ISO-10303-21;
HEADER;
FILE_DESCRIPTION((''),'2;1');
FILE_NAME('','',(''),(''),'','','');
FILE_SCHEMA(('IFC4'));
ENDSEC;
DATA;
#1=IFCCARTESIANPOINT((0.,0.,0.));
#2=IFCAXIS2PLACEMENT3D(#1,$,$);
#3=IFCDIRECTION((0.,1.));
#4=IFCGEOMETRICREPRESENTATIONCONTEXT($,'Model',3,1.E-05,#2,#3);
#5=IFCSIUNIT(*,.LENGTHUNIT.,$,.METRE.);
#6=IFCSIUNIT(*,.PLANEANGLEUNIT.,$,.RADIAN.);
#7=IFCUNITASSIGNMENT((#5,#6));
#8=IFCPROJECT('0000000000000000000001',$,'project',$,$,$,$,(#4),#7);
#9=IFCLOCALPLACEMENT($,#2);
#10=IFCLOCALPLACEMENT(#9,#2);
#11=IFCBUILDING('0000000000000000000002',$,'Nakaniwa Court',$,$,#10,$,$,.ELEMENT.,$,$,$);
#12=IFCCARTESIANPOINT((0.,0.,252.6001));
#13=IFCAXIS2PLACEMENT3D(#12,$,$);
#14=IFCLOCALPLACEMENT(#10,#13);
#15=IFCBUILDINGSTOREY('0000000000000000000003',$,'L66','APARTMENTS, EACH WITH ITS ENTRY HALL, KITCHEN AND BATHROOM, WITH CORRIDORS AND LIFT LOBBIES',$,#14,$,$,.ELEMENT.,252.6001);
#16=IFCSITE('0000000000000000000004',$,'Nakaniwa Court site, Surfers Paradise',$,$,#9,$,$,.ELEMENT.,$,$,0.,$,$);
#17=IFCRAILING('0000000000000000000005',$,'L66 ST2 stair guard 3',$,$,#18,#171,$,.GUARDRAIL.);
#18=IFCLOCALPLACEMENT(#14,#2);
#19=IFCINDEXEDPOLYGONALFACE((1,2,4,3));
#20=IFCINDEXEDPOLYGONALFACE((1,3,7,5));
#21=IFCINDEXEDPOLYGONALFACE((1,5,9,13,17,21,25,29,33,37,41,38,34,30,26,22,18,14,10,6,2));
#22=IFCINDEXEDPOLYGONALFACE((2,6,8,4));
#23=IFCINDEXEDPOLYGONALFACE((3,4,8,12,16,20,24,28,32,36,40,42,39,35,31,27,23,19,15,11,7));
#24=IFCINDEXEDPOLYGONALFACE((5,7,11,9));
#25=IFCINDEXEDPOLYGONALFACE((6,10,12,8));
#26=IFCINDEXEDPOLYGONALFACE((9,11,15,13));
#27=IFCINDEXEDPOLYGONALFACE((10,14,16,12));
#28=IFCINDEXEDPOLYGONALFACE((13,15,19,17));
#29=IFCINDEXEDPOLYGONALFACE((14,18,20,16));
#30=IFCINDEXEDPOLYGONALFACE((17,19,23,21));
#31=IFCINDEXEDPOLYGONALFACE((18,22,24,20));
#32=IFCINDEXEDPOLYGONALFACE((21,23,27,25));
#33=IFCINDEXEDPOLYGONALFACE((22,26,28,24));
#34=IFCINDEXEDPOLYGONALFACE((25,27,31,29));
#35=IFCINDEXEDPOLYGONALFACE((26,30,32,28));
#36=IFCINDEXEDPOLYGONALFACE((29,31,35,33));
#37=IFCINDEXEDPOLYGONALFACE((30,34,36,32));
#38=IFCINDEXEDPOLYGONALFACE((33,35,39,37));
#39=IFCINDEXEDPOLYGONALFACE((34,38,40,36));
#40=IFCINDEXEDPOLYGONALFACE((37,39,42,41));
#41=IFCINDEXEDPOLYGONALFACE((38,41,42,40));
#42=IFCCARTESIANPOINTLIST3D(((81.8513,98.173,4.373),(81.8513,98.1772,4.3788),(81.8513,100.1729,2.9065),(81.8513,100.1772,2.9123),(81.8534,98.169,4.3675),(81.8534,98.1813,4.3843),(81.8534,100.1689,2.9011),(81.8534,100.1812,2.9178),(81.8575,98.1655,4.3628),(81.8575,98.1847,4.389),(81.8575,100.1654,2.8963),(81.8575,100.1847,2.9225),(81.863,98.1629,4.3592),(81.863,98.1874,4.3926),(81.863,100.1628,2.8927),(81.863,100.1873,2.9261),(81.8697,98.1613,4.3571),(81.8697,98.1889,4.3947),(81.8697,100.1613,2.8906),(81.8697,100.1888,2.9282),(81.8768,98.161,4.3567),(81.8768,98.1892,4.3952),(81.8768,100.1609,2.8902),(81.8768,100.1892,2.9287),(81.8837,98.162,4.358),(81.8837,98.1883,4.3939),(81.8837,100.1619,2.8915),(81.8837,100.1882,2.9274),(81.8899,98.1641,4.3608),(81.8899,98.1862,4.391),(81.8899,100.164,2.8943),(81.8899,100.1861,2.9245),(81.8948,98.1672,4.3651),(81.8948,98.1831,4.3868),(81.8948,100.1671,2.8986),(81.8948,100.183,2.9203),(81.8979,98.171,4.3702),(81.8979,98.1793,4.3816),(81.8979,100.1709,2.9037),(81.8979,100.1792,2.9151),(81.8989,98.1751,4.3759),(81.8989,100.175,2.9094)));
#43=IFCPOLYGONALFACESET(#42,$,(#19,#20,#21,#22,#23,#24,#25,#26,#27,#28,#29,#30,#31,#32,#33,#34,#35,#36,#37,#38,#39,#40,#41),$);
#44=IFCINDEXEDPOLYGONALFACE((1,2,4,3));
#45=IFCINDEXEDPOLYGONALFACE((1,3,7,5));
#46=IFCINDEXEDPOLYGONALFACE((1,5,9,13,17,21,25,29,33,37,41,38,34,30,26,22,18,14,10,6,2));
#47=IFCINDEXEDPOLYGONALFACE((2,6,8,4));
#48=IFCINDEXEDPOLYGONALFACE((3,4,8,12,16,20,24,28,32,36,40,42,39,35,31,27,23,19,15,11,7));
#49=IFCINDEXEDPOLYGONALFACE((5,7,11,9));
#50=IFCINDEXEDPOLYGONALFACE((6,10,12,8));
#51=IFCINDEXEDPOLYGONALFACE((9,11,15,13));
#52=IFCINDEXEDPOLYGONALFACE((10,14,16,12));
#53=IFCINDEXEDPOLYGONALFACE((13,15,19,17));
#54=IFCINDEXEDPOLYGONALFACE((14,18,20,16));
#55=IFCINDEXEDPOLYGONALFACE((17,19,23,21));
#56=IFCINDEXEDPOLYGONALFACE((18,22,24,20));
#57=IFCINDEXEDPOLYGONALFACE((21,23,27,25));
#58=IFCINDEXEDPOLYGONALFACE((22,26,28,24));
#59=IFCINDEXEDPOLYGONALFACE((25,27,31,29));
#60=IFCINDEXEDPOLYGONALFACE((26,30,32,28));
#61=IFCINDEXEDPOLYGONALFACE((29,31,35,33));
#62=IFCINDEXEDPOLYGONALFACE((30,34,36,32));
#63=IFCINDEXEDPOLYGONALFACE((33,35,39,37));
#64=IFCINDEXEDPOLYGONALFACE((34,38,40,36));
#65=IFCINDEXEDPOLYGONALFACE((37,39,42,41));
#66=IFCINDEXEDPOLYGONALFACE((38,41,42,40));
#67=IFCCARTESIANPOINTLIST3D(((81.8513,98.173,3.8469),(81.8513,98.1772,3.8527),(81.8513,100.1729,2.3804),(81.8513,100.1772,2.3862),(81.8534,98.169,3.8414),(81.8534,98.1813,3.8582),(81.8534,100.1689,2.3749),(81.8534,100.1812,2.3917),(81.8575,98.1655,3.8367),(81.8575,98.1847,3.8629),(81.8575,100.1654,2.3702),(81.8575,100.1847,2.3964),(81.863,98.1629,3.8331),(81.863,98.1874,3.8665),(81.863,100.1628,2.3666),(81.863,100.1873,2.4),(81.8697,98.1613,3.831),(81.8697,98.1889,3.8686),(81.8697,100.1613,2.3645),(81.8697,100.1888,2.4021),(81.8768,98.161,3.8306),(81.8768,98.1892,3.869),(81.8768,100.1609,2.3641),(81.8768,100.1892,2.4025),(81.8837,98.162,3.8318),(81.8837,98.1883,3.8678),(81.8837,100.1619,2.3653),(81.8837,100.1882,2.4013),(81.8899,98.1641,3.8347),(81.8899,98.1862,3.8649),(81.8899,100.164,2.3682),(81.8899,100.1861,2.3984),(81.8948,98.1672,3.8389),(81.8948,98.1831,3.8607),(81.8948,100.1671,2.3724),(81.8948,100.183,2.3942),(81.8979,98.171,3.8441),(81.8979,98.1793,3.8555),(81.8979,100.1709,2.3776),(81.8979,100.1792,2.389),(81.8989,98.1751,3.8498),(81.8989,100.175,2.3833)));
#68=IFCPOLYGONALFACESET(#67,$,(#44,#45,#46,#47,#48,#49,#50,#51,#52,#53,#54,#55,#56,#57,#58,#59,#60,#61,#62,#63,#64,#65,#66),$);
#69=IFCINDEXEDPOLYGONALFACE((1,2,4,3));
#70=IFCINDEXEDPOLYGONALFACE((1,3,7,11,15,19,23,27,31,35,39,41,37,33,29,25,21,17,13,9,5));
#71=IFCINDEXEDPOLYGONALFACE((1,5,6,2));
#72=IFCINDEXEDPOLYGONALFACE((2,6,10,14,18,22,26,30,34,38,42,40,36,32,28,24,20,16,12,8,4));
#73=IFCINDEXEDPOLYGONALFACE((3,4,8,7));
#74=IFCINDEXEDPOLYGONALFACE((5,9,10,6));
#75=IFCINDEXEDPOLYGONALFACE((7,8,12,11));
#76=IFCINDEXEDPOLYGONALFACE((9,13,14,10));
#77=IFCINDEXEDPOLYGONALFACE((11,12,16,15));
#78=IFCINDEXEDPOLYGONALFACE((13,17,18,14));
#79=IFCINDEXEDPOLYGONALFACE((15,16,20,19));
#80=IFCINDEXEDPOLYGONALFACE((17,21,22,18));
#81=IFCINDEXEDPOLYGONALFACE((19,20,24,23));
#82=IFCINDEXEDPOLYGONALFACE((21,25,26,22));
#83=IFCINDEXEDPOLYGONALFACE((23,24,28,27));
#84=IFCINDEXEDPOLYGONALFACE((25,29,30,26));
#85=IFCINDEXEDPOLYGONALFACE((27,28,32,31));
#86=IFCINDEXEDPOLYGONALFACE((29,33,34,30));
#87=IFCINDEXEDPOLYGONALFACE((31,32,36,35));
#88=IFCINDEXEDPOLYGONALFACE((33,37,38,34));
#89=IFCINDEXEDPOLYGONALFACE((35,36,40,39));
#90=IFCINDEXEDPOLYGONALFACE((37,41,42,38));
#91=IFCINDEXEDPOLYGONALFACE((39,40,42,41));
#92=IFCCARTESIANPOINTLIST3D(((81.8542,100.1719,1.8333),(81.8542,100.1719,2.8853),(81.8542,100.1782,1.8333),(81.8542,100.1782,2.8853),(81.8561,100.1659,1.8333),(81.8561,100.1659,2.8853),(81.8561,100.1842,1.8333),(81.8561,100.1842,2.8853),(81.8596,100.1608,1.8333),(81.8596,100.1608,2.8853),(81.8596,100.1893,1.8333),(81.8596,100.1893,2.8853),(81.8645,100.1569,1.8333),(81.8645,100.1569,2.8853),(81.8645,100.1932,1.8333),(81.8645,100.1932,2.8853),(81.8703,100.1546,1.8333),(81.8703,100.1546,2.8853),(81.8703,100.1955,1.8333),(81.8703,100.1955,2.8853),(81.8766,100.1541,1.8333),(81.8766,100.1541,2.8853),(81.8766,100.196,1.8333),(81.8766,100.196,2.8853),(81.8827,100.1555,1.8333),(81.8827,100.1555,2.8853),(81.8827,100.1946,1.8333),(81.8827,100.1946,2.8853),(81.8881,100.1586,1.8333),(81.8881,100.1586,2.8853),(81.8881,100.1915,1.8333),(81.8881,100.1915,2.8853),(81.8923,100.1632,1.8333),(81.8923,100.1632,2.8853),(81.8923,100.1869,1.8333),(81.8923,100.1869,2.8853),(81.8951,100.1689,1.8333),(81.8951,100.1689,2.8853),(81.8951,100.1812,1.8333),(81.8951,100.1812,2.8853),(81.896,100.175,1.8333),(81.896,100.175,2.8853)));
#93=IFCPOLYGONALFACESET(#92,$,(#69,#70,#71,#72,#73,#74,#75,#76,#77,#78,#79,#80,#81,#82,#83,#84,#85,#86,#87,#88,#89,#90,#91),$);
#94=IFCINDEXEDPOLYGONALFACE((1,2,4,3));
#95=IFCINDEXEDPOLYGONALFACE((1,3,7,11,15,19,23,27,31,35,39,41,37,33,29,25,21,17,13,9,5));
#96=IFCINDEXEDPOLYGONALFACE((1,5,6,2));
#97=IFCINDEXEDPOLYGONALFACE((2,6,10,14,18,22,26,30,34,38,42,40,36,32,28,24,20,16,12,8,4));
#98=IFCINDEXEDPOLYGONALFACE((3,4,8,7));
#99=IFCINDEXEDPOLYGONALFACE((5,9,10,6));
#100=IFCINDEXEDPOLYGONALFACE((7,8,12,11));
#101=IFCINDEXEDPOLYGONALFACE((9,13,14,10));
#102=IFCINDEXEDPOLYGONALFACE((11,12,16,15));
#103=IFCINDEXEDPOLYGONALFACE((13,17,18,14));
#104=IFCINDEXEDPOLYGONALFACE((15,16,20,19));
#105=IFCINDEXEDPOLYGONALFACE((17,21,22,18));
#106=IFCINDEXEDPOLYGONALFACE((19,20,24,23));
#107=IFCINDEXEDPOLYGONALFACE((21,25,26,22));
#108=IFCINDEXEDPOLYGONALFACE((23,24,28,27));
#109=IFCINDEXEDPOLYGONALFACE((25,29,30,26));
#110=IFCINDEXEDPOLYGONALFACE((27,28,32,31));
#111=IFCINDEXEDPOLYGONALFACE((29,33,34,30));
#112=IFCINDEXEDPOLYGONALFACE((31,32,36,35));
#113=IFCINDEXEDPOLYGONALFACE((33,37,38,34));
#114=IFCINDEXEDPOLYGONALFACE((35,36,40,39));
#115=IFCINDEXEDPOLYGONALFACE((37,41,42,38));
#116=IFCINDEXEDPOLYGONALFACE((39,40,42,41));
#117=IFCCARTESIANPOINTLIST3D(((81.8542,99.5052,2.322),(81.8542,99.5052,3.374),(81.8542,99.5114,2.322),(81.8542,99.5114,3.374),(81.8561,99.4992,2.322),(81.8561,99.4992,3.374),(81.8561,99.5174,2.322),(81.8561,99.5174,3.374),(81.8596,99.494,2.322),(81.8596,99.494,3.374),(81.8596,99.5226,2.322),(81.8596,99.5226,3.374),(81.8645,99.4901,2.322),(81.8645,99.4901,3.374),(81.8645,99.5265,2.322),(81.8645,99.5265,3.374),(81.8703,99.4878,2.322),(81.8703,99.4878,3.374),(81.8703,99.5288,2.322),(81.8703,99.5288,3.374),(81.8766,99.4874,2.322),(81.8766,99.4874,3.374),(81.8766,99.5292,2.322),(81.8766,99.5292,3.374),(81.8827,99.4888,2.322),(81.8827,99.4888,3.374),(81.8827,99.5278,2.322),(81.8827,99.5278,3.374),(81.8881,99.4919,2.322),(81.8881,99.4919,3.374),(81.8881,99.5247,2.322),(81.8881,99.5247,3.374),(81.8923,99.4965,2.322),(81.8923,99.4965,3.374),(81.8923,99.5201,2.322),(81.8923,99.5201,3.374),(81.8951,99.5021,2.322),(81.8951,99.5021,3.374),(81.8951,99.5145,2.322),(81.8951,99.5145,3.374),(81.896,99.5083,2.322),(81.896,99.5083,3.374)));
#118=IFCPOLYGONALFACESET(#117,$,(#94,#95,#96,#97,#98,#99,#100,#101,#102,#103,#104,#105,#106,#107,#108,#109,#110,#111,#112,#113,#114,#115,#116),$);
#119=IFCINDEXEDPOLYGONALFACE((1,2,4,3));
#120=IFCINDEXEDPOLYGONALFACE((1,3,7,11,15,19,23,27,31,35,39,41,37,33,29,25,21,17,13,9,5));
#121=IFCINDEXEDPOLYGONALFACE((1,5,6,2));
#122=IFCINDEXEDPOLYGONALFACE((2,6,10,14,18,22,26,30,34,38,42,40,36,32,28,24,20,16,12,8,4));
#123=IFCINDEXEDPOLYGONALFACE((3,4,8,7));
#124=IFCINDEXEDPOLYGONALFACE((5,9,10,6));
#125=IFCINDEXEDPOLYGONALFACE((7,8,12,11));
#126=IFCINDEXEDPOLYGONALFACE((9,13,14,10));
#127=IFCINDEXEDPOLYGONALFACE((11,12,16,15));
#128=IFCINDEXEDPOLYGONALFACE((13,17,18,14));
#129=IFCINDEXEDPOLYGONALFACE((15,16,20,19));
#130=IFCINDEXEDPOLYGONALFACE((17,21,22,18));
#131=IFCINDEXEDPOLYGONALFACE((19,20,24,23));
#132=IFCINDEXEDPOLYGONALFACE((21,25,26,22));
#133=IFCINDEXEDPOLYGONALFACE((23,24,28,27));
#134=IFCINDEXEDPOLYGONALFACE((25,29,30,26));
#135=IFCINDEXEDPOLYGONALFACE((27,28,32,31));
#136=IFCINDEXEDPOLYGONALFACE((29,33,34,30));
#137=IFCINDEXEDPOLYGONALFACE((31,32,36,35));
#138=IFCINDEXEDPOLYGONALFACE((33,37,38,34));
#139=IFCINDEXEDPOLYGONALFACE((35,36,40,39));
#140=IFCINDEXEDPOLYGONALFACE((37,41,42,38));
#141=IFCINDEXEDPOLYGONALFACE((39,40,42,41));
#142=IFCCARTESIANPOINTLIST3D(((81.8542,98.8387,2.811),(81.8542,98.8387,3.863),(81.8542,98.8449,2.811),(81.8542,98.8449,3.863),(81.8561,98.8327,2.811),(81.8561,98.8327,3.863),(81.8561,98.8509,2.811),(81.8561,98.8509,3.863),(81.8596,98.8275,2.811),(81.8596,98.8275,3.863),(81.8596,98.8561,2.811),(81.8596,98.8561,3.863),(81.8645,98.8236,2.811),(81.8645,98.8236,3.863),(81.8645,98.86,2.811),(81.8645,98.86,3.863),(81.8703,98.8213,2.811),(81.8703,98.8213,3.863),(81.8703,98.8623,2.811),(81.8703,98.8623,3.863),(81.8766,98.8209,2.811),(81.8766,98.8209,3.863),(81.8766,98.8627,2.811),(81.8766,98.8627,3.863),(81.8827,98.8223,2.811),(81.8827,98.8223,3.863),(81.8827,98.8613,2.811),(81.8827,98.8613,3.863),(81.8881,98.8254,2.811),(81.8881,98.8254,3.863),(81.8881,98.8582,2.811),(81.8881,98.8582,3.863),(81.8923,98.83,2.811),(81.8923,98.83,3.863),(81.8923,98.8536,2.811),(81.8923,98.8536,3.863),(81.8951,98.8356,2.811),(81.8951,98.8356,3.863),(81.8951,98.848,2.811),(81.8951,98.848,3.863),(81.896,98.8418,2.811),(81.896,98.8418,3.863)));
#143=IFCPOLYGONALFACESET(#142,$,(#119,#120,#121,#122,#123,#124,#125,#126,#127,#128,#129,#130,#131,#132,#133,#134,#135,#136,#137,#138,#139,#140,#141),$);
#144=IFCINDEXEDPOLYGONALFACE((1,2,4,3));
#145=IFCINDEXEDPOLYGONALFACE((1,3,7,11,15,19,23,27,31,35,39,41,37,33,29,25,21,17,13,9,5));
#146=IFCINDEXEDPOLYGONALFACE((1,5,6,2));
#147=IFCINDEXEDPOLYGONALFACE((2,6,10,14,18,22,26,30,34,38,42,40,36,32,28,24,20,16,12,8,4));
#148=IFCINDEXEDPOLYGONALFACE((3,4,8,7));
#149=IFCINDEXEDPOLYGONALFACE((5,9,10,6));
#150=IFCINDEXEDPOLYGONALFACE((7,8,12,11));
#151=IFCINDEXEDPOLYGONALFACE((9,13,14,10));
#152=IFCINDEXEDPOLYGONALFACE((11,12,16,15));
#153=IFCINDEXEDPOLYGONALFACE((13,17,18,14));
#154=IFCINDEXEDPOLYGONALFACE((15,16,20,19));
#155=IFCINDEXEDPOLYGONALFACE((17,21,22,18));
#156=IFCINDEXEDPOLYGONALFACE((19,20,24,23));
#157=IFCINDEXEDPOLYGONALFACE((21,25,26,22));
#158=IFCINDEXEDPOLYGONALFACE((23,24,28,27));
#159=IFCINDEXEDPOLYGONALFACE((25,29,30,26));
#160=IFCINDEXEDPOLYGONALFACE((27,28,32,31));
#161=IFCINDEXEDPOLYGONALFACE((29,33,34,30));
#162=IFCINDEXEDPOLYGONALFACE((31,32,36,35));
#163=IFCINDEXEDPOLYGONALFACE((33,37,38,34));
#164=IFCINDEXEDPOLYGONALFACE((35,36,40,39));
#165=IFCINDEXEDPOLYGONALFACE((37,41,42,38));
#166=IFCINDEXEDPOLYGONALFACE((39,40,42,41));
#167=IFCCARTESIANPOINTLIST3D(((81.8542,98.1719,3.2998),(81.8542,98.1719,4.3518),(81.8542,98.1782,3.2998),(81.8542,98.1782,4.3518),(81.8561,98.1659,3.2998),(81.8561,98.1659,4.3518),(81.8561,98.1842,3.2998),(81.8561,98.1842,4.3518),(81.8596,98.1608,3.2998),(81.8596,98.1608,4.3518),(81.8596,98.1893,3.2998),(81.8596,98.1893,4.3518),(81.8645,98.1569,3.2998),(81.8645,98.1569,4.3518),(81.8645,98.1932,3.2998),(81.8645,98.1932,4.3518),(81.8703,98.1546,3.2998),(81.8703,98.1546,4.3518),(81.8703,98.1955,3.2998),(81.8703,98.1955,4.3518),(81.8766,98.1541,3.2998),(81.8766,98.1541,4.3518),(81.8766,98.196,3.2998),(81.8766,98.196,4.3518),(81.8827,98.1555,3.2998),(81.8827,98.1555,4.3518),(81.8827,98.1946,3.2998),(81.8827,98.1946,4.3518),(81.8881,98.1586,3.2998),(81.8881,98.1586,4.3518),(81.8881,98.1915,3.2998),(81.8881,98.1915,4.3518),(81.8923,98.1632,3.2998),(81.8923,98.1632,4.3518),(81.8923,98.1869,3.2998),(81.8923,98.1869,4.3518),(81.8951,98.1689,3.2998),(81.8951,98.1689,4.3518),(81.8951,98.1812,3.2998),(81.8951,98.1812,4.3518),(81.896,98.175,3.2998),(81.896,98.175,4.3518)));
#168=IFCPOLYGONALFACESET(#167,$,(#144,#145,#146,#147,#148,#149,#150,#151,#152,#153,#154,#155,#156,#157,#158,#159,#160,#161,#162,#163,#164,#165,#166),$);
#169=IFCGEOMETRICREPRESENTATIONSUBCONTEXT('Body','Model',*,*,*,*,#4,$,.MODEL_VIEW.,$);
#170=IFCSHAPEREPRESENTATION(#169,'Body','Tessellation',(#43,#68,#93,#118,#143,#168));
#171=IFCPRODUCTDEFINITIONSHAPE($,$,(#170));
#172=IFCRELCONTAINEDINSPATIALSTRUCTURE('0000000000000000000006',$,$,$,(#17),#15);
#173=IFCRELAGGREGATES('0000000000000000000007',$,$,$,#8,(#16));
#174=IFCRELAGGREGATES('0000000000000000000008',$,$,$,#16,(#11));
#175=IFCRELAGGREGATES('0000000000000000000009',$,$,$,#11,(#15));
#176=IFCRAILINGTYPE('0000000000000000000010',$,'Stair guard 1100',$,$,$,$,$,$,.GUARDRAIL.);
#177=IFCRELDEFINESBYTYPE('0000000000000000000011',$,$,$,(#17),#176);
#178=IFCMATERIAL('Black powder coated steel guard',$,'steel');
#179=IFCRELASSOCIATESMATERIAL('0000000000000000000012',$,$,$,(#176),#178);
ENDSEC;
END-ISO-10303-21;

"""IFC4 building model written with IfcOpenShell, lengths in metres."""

from ifc_helpers import new_model, si_unit, direction, frame, origin, origin_2d, place, context, subcontext, project, spatial, circle, extrude, material, type_object, element, save


model = new_model("IFC4")

# Units and contexts
model_context = context("Model", 3, precision=1e-05, world=origin(), true_north=direction((0.0, 1.0)))
body_context = subcontext(model_context, "Body", "Model", "MODEL_VIEW")
ifc_project = project(units=[si_unit("LENGTHUNIT", "METRE"), si_unit("PLANEANGLEUNIT", "RADIAN")], contexts=[model_context])

# Site, building, storey
site_placement = place(None, origin())
site = spatial("IfcSite", under=ifc_project, at=site_placement, Name="Nakaniwa Court site, Surfers Paradise", CompositionType="ELEMENT", RefElevation=0.0)
building_placement = place(site_placement, origin())
building = spatial("IfcBuilding", under=site, at=building_placement, Name="Nakaniwa Court", CompositionType="ELEMENT")
storey_placement = place(building_placement, frame((0.0, 0.0, 252.6001)))
storey = spatial("IfcBuildingStorey", under=building, at=storey_placement, Name="L66", Description="APARTMENTS, EACH WITH ITS ENTRY HALL, KITCHEN AND BATHROOM, WITH CORRIDORS AND LIFT LOBBIES", CompositionType="ELEMENT", Elevation=252.6001)

# Railing
ifc_material_1 = material(Name="Black powder coated steel guard", Category="steel")
railing_type_1 = type_object("IfcRailingType", Name="Stair guard 1100", PredefinedType="GUARDRAIL", material=ifc_material_1)
railing_1_placement = place(storey_placement, frame((81.875, 100.175, 1.8333)))
element("IfcRailing", 1, at=railing_1_placement, inside=storey, type_object=railing_type_1, Name="L66 ST2 stair guard 3", PredefinedType="GUARDRAIL", context=body_context, shape_type="SweptSolid", body=[
    extrude(circle(Radius=0.0239, at=origin_2d()), frame((0.0, 0.0, 1.0762), z_axis=(0.0, -0.806427, 0.591334), x_axis=(1.0, 0.0, 0.0)), (0.0, 0.0, 1.0), 2.48),
    extrude(circle(Radius=0.0239, at=origin_2d()), frame((0.0, 0.0, 0.55), z_axis=(0.0, -0.806427, 0.591334), x_axis=(1.0, 0.0, 0.0)), (0.0, 0.0, 1.0), 2.48),
    extrude(circle(Radius=0.021, at=origin_2d()), origin(), (0.0, 0.0, 1.0), 1.052),
    extrude(circle(Radius=0.021, at=origin_2d()), frame((0.0, -0.6667, 0.4888)), (0.0, 0.0, 1.0), 1.052),
    extrude(circle(Radius=0.021, at=origin_2d()), frame((0.0, -1.3333, 0.9778)), (0.0, 0.0, 1.0), 1.052),
    extrude(circle(Radius=0.021, at=origin_2d()), frame((0.0, -2.0, 1.4666)), (0.0, 0.0, 1.0), 1.052),
])

save(model, "model.ifc")
